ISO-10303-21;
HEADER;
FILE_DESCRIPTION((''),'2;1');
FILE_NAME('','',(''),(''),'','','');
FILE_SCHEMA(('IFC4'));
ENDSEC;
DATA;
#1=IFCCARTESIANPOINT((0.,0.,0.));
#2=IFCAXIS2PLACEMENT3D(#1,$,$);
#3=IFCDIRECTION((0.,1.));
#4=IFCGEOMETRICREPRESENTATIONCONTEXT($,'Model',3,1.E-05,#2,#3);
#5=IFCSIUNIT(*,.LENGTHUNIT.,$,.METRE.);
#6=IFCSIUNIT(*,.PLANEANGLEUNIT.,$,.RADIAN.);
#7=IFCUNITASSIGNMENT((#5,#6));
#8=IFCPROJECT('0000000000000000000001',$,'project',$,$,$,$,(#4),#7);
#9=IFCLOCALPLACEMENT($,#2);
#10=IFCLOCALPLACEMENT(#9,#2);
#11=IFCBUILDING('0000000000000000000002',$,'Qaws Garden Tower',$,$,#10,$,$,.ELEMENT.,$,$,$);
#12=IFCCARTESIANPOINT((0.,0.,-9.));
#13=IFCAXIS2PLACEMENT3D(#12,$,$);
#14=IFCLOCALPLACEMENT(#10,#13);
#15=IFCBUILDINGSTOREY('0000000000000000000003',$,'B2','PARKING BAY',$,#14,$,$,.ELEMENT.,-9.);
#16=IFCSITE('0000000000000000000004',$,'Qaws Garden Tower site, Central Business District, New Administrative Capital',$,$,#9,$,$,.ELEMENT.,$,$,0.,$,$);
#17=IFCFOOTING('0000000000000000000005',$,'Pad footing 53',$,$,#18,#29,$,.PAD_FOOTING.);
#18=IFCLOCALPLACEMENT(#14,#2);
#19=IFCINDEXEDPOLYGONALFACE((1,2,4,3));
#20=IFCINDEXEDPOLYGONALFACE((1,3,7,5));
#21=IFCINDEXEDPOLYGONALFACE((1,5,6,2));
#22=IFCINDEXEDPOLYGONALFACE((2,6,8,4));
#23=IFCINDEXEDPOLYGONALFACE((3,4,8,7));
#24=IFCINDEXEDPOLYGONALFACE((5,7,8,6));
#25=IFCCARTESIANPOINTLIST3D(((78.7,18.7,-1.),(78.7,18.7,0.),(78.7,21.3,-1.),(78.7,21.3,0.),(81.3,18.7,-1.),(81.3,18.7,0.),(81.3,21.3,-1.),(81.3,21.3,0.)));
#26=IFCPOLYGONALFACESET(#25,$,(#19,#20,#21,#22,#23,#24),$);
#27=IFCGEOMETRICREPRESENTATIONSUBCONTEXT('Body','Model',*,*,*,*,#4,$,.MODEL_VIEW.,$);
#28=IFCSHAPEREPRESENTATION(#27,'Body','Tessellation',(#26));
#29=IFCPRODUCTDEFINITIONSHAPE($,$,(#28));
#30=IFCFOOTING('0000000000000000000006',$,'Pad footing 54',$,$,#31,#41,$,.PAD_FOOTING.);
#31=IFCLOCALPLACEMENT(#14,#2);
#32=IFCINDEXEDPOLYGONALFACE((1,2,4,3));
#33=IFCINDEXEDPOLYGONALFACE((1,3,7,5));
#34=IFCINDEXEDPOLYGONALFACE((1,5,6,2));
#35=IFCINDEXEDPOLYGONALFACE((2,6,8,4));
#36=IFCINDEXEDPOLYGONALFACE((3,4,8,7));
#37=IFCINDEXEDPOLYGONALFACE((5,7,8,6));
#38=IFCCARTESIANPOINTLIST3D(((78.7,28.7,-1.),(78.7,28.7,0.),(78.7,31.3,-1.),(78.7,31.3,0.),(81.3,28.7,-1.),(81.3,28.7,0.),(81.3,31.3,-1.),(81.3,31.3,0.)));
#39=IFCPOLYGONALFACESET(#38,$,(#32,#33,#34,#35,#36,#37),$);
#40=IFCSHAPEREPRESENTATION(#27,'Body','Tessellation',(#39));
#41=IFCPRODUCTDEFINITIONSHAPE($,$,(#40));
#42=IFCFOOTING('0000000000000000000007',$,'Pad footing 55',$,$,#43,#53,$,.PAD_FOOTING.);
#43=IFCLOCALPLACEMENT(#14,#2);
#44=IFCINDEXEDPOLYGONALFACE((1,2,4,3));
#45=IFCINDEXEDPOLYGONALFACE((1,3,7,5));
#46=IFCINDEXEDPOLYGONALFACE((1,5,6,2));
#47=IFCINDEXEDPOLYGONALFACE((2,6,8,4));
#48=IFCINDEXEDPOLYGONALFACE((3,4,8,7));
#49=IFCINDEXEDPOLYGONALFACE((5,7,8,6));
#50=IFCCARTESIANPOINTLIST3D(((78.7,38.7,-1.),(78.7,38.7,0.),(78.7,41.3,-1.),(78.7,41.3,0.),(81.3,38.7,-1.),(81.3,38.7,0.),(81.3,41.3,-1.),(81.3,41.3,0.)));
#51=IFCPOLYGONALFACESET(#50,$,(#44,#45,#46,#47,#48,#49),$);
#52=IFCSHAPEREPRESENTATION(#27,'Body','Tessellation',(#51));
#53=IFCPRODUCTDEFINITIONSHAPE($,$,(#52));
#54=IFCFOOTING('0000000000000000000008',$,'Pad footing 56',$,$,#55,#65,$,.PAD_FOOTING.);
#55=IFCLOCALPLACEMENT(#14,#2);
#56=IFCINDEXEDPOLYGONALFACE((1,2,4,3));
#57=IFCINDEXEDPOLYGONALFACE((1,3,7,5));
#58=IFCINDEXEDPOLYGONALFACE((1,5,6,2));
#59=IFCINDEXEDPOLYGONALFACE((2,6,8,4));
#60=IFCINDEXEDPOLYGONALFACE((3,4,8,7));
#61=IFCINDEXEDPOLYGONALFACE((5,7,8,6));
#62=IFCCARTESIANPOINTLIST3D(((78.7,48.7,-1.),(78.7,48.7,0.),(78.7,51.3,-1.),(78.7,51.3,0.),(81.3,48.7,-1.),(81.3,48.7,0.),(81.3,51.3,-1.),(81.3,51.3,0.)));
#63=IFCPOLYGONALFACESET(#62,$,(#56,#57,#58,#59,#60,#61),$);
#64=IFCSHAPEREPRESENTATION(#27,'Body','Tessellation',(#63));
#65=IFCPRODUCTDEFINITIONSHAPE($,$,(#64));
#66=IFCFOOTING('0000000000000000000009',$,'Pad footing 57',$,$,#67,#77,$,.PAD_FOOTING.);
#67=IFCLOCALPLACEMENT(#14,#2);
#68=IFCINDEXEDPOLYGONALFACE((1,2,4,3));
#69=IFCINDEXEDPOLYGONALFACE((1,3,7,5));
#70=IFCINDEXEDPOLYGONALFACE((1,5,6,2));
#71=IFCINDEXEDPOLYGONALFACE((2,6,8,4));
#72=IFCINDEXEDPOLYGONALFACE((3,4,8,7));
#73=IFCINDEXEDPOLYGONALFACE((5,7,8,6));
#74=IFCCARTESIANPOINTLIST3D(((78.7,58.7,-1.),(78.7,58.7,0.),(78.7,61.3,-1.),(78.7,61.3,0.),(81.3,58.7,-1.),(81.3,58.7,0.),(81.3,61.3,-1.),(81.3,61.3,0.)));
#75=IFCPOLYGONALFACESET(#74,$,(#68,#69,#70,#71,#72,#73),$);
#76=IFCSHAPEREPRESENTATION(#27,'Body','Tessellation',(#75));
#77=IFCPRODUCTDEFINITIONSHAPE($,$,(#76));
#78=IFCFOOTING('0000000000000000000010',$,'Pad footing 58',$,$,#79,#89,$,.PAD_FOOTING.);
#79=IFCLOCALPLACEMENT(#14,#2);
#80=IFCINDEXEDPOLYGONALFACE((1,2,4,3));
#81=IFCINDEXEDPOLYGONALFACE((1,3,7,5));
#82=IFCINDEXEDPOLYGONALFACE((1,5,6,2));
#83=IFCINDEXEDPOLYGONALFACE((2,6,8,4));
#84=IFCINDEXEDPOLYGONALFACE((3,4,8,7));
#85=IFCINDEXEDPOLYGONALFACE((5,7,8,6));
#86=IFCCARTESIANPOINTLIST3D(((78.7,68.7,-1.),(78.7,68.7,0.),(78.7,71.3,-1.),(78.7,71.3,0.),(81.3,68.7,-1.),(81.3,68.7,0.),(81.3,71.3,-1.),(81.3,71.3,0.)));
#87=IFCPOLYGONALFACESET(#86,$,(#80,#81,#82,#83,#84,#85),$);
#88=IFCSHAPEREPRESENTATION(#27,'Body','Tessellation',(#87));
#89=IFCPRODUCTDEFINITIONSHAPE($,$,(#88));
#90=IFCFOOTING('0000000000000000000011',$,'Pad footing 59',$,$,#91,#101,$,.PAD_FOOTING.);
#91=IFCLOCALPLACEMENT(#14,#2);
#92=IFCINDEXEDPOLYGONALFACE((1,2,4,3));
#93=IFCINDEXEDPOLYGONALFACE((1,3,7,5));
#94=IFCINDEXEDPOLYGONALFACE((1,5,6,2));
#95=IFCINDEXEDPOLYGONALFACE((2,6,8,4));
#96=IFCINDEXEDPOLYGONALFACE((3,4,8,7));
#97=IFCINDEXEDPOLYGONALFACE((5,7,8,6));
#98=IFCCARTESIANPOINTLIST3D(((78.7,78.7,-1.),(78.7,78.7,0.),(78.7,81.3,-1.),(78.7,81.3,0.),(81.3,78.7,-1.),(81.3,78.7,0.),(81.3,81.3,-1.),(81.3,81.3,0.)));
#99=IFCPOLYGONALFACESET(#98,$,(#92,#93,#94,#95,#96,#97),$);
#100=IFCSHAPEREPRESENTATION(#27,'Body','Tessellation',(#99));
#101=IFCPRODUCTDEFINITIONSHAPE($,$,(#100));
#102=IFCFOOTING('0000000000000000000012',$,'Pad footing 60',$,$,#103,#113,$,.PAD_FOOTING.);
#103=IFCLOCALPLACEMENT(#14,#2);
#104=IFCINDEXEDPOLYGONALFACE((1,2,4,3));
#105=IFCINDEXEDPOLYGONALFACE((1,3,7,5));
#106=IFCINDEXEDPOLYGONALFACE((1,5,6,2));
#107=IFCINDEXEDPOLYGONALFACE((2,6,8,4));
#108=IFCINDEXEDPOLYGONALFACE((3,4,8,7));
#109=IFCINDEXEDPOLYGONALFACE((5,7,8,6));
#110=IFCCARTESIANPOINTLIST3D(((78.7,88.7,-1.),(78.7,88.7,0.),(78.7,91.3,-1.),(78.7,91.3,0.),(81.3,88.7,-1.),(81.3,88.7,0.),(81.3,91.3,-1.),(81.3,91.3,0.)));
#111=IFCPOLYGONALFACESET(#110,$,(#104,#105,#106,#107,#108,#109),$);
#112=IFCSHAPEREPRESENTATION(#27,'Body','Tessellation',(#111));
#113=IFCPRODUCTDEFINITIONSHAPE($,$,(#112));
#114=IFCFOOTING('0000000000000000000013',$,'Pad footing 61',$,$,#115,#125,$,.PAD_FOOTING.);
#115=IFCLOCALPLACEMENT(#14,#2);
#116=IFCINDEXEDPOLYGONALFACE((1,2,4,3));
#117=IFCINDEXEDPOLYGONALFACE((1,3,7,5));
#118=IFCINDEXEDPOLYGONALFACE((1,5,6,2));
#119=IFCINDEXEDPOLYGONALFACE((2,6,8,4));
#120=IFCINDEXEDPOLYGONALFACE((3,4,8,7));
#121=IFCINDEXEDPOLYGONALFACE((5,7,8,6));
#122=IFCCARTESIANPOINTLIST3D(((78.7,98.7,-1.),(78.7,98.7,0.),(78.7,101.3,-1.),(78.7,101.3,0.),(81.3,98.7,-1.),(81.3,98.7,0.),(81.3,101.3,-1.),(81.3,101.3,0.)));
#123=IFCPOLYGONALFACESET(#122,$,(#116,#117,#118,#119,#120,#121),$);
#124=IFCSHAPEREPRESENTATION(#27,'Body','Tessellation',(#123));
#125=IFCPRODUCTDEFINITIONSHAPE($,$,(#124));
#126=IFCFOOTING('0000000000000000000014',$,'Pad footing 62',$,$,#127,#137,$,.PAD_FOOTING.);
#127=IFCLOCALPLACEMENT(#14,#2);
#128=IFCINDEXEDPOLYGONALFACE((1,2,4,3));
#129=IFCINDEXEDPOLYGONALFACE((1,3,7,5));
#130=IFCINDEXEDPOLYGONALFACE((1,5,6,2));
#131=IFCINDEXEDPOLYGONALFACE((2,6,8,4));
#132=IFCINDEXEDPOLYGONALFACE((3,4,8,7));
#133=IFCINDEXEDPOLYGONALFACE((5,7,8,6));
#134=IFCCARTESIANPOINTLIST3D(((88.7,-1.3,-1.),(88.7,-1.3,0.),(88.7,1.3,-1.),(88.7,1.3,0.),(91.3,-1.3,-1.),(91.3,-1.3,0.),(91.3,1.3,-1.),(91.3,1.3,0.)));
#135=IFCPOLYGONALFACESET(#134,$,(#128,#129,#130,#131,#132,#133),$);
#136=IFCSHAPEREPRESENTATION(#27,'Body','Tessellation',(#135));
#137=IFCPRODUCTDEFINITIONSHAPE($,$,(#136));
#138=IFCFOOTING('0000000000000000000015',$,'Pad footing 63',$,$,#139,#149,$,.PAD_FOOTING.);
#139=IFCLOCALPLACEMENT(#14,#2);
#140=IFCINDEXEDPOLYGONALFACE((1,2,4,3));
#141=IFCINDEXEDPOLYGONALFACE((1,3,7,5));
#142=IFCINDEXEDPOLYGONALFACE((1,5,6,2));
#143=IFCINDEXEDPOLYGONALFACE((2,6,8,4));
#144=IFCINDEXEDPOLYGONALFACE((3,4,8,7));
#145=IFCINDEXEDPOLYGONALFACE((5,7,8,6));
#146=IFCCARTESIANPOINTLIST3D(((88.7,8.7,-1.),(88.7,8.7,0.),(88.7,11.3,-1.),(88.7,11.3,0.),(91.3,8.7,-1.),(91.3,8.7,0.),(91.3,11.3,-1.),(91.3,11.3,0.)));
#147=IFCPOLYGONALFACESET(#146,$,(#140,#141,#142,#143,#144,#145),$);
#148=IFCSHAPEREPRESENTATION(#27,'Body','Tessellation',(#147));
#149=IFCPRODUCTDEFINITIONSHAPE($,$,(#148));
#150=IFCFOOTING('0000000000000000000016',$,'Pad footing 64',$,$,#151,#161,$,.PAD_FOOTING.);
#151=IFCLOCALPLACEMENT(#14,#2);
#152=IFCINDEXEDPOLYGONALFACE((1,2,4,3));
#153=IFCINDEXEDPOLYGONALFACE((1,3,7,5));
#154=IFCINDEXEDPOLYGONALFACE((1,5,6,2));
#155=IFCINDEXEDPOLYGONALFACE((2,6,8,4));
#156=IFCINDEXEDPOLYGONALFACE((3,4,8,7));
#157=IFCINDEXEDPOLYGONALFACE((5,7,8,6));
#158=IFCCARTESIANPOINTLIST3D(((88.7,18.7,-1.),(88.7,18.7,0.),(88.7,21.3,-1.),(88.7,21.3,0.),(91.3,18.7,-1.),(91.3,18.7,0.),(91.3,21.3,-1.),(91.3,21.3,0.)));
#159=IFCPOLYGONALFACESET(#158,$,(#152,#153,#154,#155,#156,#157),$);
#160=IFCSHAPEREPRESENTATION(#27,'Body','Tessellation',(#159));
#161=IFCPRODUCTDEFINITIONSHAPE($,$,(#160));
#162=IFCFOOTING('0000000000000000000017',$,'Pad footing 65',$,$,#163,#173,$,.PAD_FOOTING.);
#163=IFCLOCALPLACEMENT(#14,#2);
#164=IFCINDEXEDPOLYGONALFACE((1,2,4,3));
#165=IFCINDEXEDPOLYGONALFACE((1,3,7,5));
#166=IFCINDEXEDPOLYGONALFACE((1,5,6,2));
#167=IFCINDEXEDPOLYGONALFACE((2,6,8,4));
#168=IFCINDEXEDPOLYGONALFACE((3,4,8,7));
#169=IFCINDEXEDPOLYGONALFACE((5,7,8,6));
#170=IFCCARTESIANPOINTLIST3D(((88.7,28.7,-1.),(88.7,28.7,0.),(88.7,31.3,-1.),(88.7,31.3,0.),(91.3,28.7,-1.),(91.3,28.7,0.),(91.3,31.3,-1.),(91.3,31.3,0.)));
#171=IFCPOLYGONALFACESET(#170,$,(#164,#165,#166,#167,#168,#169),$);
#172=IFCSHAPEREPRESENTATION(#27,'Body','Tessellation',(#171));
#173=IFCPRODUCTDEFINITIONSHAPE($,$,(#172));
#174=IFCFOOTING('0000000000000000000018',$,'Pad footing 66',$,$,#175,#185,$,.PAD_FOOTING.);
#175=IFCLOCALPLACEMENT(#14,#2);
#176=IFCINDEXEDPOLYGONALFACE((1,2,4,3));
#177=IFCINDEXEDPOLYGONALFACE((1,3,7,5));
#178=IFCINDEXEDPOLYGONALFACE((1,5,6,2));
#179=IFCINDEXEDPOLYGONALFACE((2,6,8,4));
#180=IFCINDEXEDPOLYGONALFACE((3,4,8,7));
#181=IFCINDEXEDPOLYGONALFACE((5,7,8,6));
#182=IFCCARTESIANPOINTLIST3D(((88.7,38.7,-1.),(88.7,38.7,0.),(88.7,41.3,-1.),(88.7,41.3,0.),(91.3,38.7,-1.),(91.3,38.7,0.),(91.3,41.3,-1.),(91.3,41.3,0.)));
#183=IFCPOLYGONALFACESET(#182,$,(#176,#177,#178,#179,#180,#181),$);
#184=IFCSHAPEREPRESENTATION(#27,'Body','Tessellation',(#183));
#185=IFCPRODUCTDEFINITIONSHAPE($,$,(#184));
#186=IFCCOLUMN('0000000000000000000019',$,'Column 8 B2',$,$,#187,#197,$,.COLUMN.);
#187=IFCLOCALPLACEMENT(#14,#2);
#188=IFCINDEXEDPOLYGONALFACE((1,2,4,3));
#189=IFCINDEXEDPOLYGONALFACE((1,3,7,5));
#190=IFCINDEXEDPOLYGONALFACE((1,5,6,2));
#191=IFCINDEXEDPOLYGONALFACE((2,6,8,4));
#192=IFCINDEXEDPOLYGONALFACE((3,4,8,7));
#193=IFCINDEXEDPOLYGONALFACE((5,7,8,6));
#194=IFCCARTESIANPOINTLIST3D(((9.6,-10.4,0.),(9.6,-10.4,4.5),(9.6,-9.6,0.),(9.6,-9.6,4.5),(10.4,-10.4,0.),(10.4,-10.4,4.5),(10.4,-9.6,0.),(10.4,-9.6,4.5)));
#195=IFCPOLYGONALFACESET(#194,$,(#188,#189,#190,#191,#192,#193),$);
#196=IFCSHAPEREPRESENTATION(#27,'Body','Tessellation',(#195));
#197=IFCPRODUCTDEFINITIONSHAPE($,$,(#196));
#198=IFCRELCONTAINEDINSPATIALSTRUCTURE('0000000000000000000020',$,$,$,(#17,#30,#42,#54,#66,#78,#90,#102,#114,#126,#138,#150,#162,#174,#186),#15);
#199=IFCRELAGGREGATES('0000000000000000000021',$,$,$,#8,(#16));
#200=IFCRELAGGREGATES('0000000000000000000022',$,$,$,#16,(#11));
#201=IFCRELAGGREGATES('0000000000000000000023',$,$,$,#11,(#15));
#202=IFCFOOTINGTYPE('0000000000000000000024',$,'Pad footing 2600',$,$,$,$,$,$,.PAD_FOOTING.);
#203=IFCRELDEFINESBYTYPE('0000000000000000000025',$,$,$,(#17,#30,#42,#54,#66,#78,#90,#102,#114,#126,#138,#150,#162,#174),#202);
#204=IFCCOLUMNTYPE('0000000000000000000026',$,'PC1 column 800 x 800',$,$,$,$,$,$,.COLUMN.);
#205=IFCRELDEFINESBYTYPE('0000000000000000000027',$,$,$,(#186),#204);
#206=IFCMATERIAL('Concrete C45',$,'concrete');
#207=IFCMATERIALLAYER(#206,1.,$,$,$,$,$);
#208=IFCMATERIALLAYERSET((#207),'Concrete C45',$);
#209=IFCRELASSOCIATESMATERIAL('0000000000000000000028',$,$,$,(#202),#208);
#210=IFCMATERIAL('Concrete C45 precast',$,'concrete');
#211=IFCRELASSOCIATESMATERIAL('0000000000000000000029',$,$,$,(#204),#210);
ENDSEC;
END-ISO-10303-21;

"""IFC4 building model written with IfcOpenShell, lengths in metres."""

from ifc_helpers import new_model, si_unit, direction, frame, origin, origin_2d, place, context, subcontext, project, spatial, polyline, rectangle, outline, extrude, material, layer, layer_set, material_profile, profile_set, type_object, element, save


model = new_model("IFC4")

# Units and contexts
model_context = context("Model", 3, precision=1e-05, world=origin(), true_north=direction((0.0, 1.0)))
body_context = subcontext(model_context, "Body", "Model", "MODEL_VIEW")
ifc_project = project(units=[si_unit("LENGTHUNIT", "METRE"), si_unit("PLANEANGLEUNIT", "RADIAN")], contexts=[model_context])

# Site, building, storey
site_placement = place(None, origin())
site = spatial("IfcSite", under=ifc_project, at=site_placement, Name="Qaws Garden Tower site, Central Business District, New Administrative Capital", CompositionType="ELEMENT", RefElevation=0.0)
building_placement = place(site_placement, origin())
building = spatial("IfcBuilding", under=site, at=building_placement, Name="Qaws Garden Tower", CompositionType="ELEMENT")
storey_placement = place(building_placement, frame((0.0, 0.0, -9.0)))
storey = spatial("IfcBuildingStorey", under=building, at=storey_placement, Name="B2", Description="PARKING BAY", CompositionType="ELEMENT", Elevation=-9.0)

# Footings
ifc_material_1 = material(Name="Concrete C45", Category="concrete")
ifc_layer_1 = layer(ifc_material_1, 1.0)
ifc_layer_set_1 = layer_set([ifc_layer_1], Name="Concrete C45")
footing_type = type_object("IfcFootingType", Name="Pad footing 2600", PredefinedType="PAD_FOOTING", material=ifc_layer_set_1)
placement = place(storey_placement, frame((0.0, 0.0, -1.0)))
element("IfcFooting", 1, at=placement, inside=storey, type_object=footing_type, Name="Pad footing 53", PredefinedType="PAD_FOOTING", context=body_context, shape_type="SweptSolid", body=[
    extrude(outline(polyline([(78.7, 18.7), (81.3, 18.7), (81.3, 21.3), (78.7, 21.3), (78.7, 18.7)])), origin(), (0.0, 0.0, 1.0), 1.0),
])
element("IfcFooting", 2, at=placement, inside=storey, type_object=footing_type, Name="Pad footing 54", PredefinedType="PAD_FOOTING", context=body_context, shape_type="SweptSolid", body=[
    extrude(outline(polyline([(78.7, 28.7), (81.3, 28.7), (81.3, 31.3), (78.7, 31.3), (78.7, 28.7)])), origin(), (0.0, 0.0, 1.0), 1.0),
])
element("IfcFooting", 3, at=placement, inside=storey, type_object=footing_type, Name="Pad footing 55", PredefinedType="PAD_FOOTING", context=body_context, shape_type="SweptSolid", body=[
    extrude(outline(polyline([(78.7, 38.7), (81.3, 38.7), (81.3, 41.3), (78.7, 41.3), (78.7, 38.7)])), origin(), (0.0, 0.0, 1.0), 1.0),
])
element("IfcFooting", 4, at=placement, inside=storey, type_object=footing_type, Name="Pad footing 56", PredefinedType="PAD_FOOTING", context=body_context, shape_type="SweptSolid", body=[
    extrude(outline(polyline([(78.7, 48.7), (81.3, 48.7), (81.3, 51.3), (78.7, 51.3), (78.7, 48.7)])), origin(), (0.0, 0.0, 1.0), 1.0),
])
element("IfcFooting", 5, at=placement, inside=storey, type_object=footing_type, Name="Pad footing 57", PredefinedType="PAD_FOOTING", context=body_context, shape_type="SweptSolid", body=[
    extrude(outline(polyline([(78.7, 58.7), (81.3, 58.7), (81.3, 61.3), (78.7, 61.3), (78.7, 58.7)])), origin(), (0.0, 0.0, 1.0), 1.0),
])
element("IfcFooting", 6, at=placement, inside=storey, type_object=footing_type, Name="Pad footing 58", PredefinedType="PAD_FOOTING", context=body_context, shape_type="SweptSolid", body=[
    extrude(outline(polyline([(78.7, 68.7), (81.3, 68.7), (81.3, 71.3), (78.7, 71.3), (78.7, 68.7)])), origin(), (0.0, 0.0, 1.0), 1.0),
])
element("IfcFooting", 7, at=placement, inside=storey, type_object=footing_type, Name="Pad footing 59", PredefinedType="PAD_FOOTING", context=body_context, shape_type="SweptSolid", body=[
    extrude(outline(polyline([(78.7, 78.7), (81.3, 78.7), (81.3, 81.3), (78.7, 81.3), (78.7, 78.7)])), origin(), (0.0, 0.0, 1.0), 1.0),
])
element("IfcFooting", 8, at=placement, inside=storey, type_object=footing_type, Name="Pad footing 60", PredefinedType="PAD_FOOTING", context=body_context, shape_type="SweptSolid", body=[
    extrude(outline(polyline([(78.7, 88.7), (81.3, 88.7), (81.3, 91.3), (78.7, 91.3), (78.7, 88.7)])), origin(), (0.0, 0.0, 1.0), 1.0),
])
element("IfcFooting", 9, at=placement, inside=storey, type_object=footing_type, Name="Pad footing 61", PredefinedType="PAD_FOOTING", context=body_context, shape_type="SweptSolid", body=[
    extrude(outline(polyline([(78.7, 98.7), (81.3, 98.7), (81.3, 101.3), (78.7, 101.3), (78.7, 98.7)])), origin(), (0.0, 0.0, 1.0), 1.0),
])
element("IfcFooting", 10, at=placement, inside=storey, type_object=footing_type, Name="Pad footing 62", PredefinedType="PAD_FOOTING", context=body_context, shape_type="SweptSolid", body=[
    extrude(outline(polyline([(88.7, -1.3), (91.3, -1.3), (91.3, 1.3), (88.7, 1.3), (88.7, -1.3)])), origin(), (0.0, 0.0, 1.0), 1.0),
])
element("IfcFooting", 11, at=placement, inside=storey, type_object=footing_type, Name="Pad footing 63", PredefinedType="PAD_FOOTING", context=body_context, shape_type="SweptSolid", body=[
    extrude(outline(polyline([(88.7, 8.7), (91.3, 8.7), (91.3, 11.3), (88.7, 11.3), (88.7, 8.7)])), origin(), (0.0, 0.0, 1.0), 1.0),
])
element("IfcFooting", 12, at=placement, inside=storey, type_object=footing_type, Name="Pad footing 64", PredefinedType="PAD_FOOTING", context=body_context, shape_type="SweptSolid", body=[
    extrude(outline(polyline([(88.7, 18.7), (91.3, 18.7), (91.3, 21.3), (88.7, 21.3), (88.7, 18.7)])), origin(), (0.0, 0.0, 1.0), 1.0),
])
element("IfcFooting", 13, at=placement, inside=storey, type_object=footing_type, Name="Pad footing 65", PredefinedType="PAD_FOOTING", context=body_context, shape_type="SweptSolid", body=[
    extrude(outline(polyline([(88.7, 28.7), (91.3, 28.7), (91.3, 31.3), (88.7, 31.3), (88.7, 28.7)])), origin(), (0.0, 0.0, 1.0), 1.0),
])
element("IfcFooting", 14, at=placement, inside=storey, type_object=footing_type, Name="Pad footing 66", PredefinedType="PAD_FOOTING", context=body_context, shape_type="SweptSolid", body=[
    extrude(outline(polyline([(88.7, 38.7), (91.3, 38.7), (91.3, 41.3), (88.7, 41.3), (88.7, 38.7)])), origin(), (0.0, 0.0, 1.0), 1.0),
])

# Column
ifc_material_2 = material(Name="Concrete C45 precast", Category="concrete")
ifc_material_profile = material_profile(ifc_material_2, rectangle(XDim=0.8, YDim=0.8, at=origin_2d()), Name="PC1 column 800 x 800")
ifc_profile_set = profile_set([ifc_material_profile], Name="Concrete C45 precast")
column_type = type_object("IfcColumnType", Name="PC1 column 800 x 800", PredefinedType="COLUMN", material=ifc_profile_set)
column_placement = place(storey_placement, frame((10.0, -10.0, 0.0), z_axis=(0.0, 0.0, 1.0), x_axis=(1.0, 0.0, 0.0)))
element("IfcColumn", 15, at=column_placement, inside=storey, type_object=column_type, Name="Column 8 B2", PredefinedType="COLUMN", context=body_context, shape_type="SweptSolid", body=[
    extrude(rectangle(XDim=0.8, YDim=0.8, at=origin_2d()), origin(), (0.0, 0.0, 1.0), 4.5),
])

save(model, "model.ifc")
